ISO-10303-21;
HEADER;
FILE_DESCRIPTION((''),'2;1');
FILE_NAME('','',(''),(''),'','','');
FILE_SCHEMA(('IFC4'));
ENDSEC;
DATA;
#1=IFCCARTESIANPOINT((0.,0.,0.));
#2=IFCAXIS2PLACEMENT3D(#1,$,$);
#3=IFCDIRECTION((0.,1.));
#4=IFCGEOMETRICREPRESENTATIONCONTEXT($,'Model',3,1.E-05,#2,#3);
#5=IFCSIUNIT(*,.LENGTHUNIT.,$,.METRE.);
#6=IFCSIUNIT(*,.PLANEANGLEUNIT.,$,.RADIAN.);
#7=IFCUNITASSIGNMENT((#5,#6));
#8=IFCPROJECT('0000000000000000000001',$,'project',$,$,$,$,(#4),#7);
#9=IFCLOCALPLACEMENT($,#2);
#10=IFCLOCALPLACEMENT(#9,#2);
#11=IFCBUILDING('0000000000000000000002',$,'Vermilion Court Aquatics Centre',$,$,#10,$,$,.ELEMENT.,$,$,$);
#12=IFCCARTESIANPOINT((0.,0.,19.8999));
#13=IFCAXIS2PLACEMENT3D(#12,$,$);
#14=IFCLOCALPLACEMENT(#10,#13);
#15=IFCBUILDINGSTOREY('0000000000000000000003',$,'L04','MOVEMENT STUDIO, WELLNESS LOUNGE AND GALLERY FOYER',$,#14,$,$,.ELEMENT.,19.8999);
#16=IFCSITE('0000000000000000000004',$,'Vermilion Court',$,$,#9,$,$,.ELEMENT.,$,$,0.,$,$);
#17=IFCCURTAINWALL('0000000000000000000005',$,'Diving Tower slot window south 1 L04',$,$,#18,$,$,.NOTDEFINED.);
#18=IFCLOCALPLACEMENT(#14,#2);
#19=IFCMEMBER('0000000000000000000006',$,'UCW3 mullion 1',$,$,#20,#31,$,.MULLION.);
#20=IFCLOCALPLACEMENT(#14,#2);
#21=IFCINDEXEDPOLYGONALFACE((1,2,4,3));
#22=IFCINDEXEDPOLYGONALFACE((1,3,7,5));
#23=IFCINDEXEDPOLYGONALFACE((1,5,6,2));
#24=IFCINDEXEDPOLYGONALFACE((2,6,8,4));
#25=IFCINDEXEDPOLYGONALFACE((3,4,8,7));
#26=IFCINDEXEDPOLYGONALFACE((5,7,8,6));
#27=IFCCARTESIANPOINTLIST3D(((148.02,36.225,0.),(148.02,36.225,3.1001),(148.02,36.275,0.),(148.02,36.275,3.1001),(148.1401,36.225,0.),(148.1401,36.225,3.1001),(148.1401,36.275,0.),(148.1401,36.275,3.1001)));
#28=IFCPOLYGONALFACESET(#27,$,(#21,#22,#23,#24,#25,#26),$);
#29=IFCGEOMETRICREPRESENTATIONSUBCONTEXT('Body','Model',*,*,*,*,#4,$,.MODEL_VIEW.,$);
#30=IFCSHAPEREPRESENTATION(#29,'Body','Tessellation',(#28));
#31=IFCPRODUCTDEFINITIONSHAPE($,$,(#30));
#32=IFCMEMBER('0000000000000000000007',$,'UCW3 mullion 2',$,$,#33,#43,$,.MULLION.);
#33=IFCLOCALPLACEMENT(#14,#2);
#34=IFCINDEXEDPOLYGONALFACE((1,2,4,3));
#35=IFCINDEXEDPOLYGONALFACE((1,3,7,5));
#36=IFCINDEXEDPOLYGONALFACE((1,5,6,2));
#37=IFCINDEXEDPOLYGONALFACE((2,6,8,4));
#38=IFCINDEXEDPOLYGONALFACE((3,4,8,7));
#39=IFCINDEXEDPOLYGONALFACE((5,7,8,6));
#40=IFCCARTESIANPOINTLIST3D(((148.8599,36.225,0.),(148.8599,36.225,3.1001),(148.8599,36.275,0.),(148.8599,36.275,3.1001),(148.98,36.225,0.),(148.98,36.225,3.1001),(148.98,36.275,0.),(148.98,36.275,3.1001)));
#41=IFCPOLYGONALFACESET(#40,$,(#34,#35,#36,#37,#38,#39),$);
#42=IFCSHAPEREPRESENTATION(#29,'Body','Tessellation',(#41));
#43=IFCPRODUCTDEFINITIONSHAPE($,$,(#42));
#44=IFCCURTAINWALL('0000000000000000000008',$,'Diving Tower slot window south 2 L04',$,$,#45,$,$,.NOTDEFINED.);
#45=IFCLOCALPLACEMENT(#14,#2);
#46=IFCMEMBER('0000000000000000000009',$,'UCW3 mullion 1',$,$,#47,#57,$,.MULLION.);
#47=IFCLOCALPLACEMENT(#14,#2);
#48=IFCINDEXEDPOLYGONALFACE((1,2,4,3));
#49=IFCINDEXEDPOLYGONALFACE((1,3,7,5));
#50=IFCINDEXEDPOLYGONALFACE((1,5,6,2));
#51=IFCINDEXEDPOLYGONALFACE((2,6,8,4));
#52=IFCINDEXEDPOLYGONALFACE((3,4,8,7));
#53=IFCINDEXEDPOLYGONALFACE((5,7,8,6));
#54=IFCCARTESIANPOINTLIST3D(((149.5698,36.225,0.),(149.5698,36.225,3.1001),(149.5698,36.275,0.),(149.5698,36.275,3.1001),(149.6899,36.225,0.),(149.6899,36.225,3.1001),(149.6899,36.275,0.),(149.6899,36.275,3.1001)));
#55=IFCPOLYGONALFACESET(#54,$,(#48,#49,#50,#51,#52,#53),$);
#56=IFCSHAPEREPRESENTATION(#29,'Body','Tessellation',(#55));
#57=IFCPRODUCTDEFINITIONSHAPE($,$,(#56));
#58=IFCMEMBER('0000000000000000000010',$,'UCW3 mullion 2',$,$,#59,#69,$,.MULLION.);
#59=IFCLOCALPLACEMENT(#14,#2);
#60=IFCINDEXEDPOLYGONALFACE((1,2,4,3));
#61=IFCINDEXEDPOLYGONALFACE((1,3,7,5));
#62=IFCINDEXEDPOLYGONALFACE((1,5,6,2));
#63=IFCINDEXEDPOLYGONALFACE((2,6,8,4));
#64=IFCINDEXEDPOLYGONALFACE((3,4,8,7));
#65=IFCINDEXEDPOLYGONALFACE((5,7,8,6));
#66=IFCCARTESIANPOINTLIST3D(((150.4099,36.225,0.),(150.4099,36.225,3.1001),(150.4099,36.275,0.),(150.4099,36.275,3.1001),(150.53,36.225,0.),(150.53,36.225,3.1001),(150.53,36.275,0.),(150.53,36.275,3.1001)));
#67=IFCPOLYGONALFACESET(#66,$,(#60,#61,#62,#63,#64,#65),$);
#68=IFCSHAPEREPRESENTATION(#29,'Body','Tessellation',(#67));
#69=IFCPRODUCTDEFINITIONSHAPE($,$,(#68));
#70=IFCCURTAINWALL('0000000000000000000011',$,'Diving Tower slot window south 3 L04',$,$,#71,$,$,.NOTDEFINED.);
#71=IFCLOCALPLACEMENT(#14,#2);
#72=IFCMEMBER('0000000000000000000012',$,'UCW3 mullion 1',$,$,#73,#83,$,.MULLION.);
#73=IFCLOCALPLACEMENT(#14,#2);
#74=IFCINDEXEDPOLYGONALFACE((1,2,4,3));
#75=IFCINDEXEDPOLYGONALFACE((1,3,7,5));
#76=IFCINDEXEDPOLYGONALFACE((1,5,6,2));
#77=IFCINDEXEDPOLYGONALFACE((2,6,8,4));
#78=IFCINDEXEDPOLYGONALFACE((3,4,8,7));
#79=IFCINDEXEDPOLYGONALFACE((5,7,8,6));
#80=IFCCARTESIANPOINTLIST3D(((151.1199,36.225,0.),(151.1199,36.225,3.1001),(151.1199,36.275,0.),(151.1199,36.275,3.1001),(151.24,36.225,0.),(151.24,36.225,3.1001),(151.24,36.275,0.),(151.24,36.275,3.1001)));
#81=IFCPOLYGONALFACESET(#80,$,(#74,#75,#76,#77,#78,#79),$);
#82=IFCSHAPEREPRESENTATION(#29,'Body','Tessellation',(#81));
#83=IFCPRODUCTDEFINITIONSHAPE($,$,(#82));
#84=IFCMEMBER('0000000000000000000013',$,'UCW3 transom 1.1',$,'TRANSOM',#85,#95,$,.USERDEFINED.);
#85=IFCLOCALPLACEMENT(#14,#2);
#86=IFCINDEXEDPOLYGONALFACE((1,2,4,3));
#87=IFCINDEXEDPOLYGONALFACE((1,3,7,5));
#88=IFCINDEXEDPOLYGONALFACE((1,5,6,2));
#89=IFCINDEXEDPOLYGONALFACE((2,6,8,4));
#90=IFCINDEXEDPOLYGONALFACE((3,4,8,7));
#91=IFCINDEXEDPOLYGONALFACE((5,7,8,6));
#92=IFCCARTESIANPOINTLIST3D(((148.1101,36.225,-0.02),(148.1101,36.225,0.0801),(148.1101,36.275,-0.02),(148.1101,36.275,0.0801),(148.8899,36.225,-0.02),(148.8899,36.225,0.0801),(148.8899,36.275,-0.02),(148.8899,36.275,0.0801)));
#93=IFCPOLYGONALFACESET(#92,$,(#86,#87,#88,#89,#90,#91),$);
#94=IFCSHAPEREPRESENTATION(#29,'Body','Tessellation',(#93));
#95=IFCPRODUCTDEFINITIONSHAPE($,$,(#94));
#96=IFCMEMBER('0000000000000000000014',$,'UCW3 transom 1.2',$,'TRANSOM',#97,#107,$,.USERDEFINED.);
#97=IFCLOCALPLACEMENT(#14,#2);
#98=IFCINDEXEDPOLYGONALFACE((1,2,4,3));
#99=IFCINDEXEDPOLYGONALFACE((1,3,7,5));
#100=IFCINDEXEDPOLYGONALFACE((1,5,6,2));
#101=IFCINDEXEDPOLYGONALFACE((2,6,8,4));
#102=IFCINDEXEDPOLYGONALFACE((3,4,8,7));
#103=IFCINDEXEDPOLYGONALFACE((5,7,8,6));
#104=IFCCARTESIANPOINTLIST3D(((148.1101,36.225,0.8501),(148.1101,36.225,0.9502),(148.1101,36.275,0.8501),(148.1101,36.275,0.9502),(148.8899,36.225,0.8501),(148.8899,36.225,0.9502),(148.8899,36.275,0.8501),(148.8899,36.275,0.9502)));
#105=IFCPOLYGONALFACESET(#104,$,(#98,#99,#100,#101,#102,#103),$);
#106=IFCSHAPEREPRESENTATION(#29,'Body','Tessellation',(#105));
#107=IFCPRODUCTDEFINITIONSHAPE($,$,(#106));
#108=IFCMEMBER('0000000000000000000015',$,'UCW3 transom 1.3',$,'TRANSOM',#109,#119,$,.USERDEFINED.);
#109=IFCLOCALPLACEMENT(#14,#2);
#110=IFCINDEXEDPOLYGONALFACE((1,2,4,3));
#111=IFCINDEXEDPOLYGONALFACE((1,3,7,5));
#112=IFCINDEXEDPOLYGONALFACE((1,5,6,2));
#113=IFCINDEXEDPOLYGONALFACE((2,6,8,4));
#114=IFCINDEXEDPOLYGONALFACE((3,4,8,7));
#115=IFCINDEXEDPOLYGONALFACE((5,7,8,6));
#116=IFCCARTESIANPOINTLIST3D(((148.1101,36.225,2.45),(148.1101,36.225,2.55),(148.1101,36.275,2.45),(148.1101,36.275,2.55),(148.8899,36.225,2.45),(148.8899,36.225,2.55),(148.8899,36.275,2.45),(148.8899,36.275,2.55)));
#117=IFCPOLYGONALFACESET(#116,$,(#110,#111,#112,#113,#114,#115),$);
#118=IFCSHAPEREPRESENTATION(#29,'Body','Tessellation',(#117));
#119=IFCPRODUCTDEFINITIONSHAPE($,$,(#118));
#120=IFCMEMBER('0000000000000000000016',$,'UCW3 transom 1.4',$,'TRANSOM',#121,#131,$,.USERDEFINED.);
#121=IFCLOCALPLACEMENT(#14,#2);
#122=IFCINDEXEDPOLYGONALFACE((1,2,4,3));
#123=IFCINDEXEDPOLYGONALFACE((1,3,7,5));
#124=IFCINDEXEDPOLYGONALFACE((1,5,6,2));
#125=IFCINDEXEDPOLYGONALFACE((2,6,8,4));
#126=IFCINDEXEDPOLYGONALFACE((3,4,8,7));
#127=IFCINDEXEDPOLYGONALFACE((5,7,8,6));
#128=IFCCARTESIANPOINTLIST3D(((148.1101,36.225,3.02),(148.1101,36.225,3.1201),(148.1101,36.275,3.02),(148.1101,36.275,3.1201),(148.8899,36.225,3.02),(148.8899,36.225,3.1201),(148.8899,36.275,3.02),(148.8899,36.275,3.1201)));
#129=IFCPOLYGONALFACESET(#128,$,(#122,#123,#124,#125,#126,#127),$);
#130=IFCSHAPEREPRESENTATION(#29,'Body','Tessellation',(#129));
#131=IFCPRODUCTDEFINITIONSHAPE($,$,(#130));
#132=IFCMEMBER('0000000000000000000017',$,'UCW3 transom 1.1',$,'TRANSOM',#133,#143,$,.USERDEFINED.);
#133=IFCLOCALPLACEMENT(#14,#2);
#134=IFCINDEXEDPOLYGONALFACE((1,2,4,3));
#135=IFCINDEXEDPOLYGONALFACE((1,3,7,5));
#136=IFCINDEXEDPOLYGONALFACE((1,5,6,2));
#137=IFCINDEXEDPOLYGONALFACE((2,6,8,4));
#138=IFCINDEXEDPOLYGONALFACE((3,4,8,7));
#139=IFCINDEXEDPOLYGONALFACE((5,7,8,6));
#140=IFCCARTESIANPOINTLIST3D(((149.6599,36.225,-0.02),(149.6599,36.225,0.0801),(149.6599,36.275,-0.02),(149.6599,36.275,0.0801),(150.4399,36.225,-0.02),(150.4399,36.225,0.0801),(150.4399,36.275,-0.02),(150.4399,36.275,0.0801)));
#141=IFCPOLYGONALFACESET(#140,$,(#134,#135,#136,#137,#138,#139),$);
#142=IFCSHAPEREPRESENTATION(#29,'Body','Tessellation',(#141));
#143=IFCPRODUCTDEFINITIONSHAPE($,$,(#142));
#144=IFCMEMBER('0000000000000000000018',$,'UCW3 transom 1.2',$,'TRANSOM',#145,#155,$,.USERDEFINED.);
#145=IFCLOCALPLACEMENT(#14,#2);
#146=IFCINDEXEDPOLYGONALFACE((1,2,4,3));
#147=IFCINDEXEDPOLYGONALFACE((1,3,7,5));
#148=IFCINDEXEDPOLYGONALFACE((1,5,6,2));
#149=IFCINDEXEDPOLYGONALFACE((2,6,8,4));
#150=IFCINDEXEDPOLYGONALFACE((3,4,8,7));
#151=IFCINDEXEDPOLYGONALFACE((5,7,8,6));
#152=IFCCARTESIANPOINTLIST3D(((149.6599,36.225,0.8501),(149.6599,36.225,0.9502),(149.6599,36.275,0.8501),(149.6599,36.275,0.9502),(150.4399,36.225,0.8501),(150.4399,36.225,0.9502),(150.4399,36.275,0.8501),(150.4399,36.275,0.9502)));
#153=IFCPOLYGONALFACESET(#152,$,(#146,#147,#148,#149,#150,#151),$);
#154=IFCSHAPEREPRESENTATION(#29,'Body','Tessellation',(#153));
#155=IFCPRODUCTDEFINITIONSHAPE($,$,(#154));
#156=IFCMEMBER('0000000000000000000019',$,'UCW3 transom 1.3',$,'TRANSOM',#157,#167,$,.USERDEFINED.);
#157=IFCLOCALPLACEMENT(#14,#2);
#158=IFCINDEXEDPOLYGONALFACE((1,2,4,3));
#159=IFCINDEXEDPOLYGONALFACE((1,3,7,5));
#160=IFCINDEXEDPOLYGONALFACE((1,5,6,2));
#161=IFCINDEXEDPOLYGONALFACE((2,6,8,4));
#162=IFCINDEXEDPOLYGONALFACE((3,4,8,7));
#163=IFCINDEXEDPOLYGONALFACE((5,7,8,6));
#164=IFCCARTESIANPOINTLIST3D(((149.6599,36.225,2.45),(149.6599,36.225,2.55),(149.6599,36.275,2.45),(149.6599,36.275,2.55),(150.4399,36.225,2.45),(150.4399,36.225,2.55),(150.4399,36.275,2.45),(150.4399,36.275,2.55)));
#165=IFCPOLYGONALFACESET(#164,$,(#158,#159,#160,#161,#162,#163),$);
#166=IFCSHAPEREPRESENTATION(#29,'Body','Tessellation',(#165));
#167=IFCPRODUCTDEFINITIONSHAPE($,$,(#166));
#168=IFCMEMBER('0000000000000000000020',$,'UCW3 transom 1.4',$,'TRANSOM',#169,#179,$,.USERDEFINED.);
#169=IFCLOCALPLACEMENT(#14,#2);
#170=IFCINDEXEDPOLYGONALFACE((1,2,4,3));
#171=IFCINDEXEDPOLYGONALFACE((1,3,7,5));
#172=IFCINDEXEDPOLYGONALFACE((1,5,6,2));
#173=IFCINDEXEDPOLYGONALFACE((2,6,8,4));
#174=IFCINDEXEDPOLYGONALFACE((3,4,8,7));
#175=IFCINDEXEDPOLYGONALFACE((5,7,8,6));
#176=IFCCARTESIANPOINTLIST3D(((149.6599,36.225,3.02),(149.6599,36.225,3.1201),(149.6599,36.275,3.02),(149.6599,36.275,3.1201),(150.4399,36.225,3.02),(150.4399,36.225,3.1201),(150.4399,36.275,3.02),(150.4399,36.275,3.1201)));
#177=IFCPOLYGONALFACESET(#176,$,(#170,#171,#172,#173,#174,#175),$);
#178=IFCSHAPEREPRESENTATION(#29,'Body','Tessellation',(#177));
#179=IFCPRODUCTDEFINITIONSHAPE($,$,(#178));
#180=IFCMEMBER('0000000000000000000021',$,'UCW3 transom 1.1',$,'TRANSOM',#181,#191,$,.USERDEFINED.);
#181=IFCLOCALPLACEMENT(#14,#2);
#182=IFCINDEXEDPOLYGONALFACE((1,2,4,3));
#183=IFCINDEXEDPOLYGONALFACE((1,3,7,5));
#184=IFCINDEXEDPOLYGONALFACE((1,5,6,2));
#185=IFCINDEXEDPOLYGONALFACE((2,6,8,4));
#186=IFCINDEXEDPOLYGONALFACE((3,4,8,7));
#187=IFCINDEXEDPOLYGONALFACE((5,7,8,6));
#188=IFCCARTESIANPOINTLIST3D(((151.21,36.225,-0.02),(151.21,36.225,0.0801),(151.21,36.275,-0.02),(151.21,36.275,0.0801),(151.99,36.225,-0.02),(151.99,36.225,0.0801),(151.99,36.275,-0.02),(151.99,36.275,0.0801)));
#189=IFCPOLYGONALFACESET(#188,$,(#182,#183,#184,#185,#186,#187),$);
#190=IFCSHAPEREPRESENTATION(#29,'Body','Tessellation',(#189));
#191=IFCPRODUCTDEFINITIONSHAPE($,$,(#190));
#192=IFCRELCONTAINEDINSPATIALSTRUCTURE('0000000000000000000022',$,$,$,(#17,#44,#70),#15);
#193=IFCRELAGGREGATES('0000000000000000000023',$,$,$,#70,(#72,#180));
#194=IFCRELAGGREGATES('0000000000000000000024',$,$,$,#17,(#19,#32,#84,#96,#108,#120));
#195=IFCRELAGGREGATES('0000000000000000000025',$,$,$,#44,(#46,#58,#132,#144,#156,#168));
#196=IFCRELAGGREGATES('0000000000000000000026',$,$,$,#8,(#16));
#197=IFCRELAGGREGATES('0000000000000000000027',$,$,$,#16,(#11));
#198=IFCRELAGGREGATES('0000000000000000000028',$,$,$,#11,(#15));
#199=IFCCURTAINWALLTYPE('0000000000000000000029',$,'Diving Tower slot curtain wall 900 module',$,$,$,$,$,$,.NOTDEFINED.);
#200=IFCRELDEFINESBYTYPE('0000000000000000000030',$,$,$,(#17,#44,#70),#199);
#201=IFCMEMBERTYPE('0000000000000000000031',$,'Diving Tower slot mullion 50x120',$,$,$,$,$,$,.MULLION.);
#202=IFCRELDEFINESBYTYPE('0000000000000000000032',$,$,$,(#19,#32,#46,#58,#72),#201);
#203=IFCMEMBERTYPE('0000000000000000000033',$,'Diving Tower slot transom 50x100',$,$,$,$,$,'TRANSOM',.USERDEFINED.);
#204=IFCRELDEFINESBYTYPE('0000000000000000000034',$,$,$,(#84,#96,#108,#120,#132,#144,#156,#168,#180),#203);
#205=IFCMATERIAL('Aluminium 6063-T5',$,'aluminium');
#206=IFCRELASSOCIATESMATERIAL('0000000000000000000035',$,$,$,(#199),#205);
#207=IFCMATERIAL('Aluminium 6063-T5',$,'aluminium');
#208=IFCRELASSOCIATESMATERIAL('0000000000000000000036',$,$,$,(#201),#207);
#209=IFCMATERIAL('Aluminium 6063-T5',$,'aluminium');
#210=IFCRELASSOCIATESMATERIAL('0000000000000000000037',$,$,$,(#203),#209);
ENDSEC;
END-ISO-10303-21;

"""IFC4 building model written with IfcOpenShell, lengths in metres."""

from ifc_helpers import new_model, si_unit, direction, frame, origin, origin_2d, place, context, subcontext, project, spatial, rectangle, extrude, material, material_profile, profile_set, type_object, element, aggregate, save


model = new_model("IFC4")

# Units and contexts
model_context = context("Model", 3, precision=1e-05, world=origin(), true_north=direction((0.0, 1.0)))
body_context = subcontext(model_context, "Body", "Model", "MODEL_VIEW")
ifc_project = project(units=[si_unit("LENGTHUNIT", "METRE"), si_unit("PLANEANGLEUNIT", "RADIAN")], contexts=[model_context])

# Site, building, storey
site_placement = place(None, origin())
site = spatial("IfcSite", under=ifc_project, at=site_placement, Name="Vermilion Court", CompositionType="ELEMENT", RefElevation=0.0)
building_placement = place(site_placement, origin())
building = spatial("IfcBuilding", under=site, at=building_placement, Name="Vermilion Court Aquatics Centre", CompositionType="ELEMENT")
storey_placement = place(building_placement, frame((0.0, 0.0, 19.8999)))
storey = spatial("IfcBuildingStorey", under=building, at=storey_placement, Name="L04", Description="MOVEMENT STUDIO, WELLNESS LOUNGE AND GALLERY FOYER", CompositionType="ELEMENT", Elevation=19.8999)

# Curtain walls, members
ifc_material_1 = material(Name="Aluminium 6063-T5", Category="aluminium")
curtain_wall_type = type_object("IfcCurtainWallType", Name="Diving Tower slot curtain wall 900 module", PredefinedType="NOTDEFINED", material=ifc_material_1)
curtain_wall_1_placement = place(storey_placement, origin())
curtain_wall_1 = element("IfcCurtainWall", 1, at=curtain_wall_1_placement, inside=storey, type_object=curtain_wall_type, Name="Diving Tower slot window south 1 L04", PredefinedType="NOTDEFINED")
ifc_material_2 = material(Name="Aluminium 6063-T5", Category="aluminium")
ifc_material_profile_1 = material_profile(ifc_material_2, rectangle(XDim=0.05, YDim=0.1201, at=origin_2d()), Name="AL 50x120")
ifc_profile_set_1 = profile_set([ifc_material_profile_1], Name="Aluminium 6063-T5")
member_type_1 = type_object("IfcMemberType", Name="Diving Tower slot mullion 50x120", PredefinedType="MULLION", material=ifc_profile_set_1)
member_1_placement = place(storey_placement, frame((148.0801, 36.25, 0.0), z_axis=(0.0, 0.0, 1.0), x_axis=(0.0, 1.0, 0.0)))
member_1 = element("IfcMember", 2, at=member_1_placement, type_object=member_type_1, Name="UCW3 mullion 1", PredefinedType="MULLION", context=body_context, shape_type="SweptSolid", body=[
    extrude(rectangle(XDim=0.05, YDim=0.1201, at=origin_2d()), origin(), (0.0, 0.0, 1.0), 3.1001),
])
member_2_placement = place(storey_placement, frame((148.9199, 36.25, 0.0), z_axis=(0.0, 0.0, 1.0), x_axis=(0.0, 1.0, 0.0)))
member_2 = element("IfcMember", 3, at=member_2_placement, type_object=member_type_1, Name="UCW3 mullion 2", PredefinedType="MULLION", context=body_context, shape_type="SweptSolid", body=[
    extrude(rectangle(XDim=0.05, YDim=0.1201, at=origin_2d()), origin(), (0.0, 0.0, 1.0), 3.1001),
])
curtain_wall_2_placement = place(storey_placement, origin())
curtain_wall_2 = element("IfcCurtainWall", 4, at=curtain_wall_2_placement, inside=storey, type_object=curtain_wall_type, Name="Diving Tower slot window south 2 L04", PredefinedType="NOTDEFINED")
member_3_placement = place(storey_placement, frame((149.6299, 36.25, 0.0), z_axis=(0.0, 0.0, 1.0), x_axis=(0.0, 1.0, 0.0)))
member_3 = element("IfcMember", 5, at=member_3_placement, type_object=member_type_1, Name="UCW3 mullion 1", PredefinedType="MULLION", context=body_context, shape_type="SweptSolid", body=[
    extrude(rectangle(XDim=0.05, YDim=0.1201, at=origin_2d()), origin(), (0.0, 0.0, 1.0), 3.1001),
])
member_4_placement = place(storey_placement, frame((150.47, 36.25, 0.0), z_axis=(0.0, 0.0, 1.0), x_axis=(0.0, 1.0, 0.0)))
member_4 = element("IfcMember", 6, at=member_4_placement, type_object=member_type_1, Name="UCW3 mullion 2", PredefinedType="MULLION", context=body_context, shape_type="SweptSolid", body=[
    extrude(rectangle(XDim=0.05, YDim=0.1201, at=origin_2d()), origin(), (0.0, 0.0, 1.0), 3.1001),
])

# Curtain wall, member
curtain_wall_3_placement = place(storey_placement, origin())
curtain_wall_3 = element("IfcCurtainWall", 7, at=curtain_wall_3_placement, inside=storey, type_object=curtain_wall_type, Name="Diving Tower slot window south 3 L04", PredefinedType="NOTDEFINED")
member_5_placement = place(storey_placement, frame((151.1799, 36.25, 0.0), z_axis=(0.0, 0.0, 1.0), x_axis=(0.0, 1.0, 0.0)))
member_5 = element("IfcMember", 8, at=member_5_placement, type_object=member_type_1, Name="UCW3 mullion 1", PredefinedType="MULLION", context=body_context, shape_type="SweptSolid", body=[
    extrude(rectangle(XDim=0.05, YDim=0.1201, at=origin_2d()), origin(), (0.0, 0.0, 1.0), 3.1001),
])

# Members
ifc_material_3 = material(Name="Aluminium 6063-T5", Category="aluminium")
ifc_material_profile_2 = material_profile(ifc_material_3, rectangle(XDim=0.05, YDim=0.1001, at=origin_2d()), Name="AL 50x100")
ifc_profile_set_2 = profile_set([ifc_material_profile_2], Name="Aluminium 6063-T5")
member_type_2 = type_object("IfcMemberType", Name="Diving Tower slot transom 50x100", ElementType="TRANSOM", PredefinedType="USERDEFINED", material=ifc_profile_set_2)
member_6_placement = place(storey_placement, frame((148.1101, 36.25, 0.03), z_axis=(1.0, 0.0, 0.0), x_axis=(0.0, 1.0, 0.0)))
member_6 = element("IfcMember", 9, at=member_6_placement, type_object=member_type_2, Name="UCW3 transom 1.1", ObjectType="TRANSOM", PredefinedType="USERDEFINED", context=body_context, shape_type="SweptSolid", body=[
    extrude(rectangle(XDim=0.05, YDim=0.1001, at=origin_2d()), origin(), (0.0, 0.0, 1.0), 0.7798),
])
member_7_placement = place(storey_placement, frame((148.1101, 36.25, 0.9001), z_axis=(1.0, 0.0, 0.0), x_axis=(0.0, 1.0, 0.0)))
member_7 = element("IfcMember", 10, at=member_7_placement, type_object=member_type_2, Name="UCW3 transom 1.2", ObjectType="TRANSOM", PredefinedType="USERDEFINED", context=body_context, shape_type="SweptSolid", body=[
    extrude(rectangle(XDim=0.05, YDim=0.1001, at=origin_2d()), origin(), (0.0, 0.0, 1.0), 0.7798),
])
member_8_placement = place(storey_placement, frame((148.1101, 36.25, 2.5), z_axis=(1.0, 0.0, 0.0), x_axis=(0.0, 1.0, 0.0)))
member_8 = element("IfcMember", 11, at=member_8_placement, type_object=member_type_2, Name="UCW3 transom 1.3", ObjectType="TRANSOM", PredefinedType="USERDEFINED", context=body_context, shape_type="SweptSolid", body=[
    extrude(rectangle(XDim=0.05, YDim=0.1001, at=origin_2d()), origin(), (0.0, 0.0, 1.0), 0.7798),
])
member_9_placement = place(storey_placement, frame((148.1101, 36.25, 3.0701), z_axis=(1.0, 0.0, 0.0), x_axis=(0.0, 1.0, 0.0)))
member_9 = element("IfcMember", 12, at=member_9_placement, type_object=member_type_2, Name="UCW3 transom 1.4", ObjectType="TRANSOM", PredefinedType="USERDEFINED", context=body_context, shape_type="SweptSolid", body=[
    extrude(rectangle(XDim=0.05, YDim=0.1001, at=origin_2d()), origin(), (0.0, 0.0, 1.0), 0.7798),
])
member_10_placement = place(storey_placement, frame((149.6599, 36.25, 0.03), z_axis=(1.0, 0.0, 0.0), x_axis=(0.0, 1.0, 0.0)))
member_10 = element("IfcMember", 13, at=member_10_placement, type_object=member_type_2, Name="UCW3 transom 1.1", ObjectType="TRANSOM", PredefinedType="USERDEFINED", context=body_context, shape_type="SweptSolid", body=[
    extrude(rectangle(XDim=0.05, YDim=0.1001, at=origin_2d()), origin(), (0.0, 0.0, 1.0), 0.78),
])
member_11_placement = place(storey_placement, frame((149.6599, 36.25, 0.9001), z_axis=(1.0, 0.0, 0.0), x_axis=(0.0, 1.0, 0.0)))
member_11 = element("IfcMember", 14, at=member_11_placement, type_object=member_type_2, Name="UCW3 transom 1.2", ObjectType="TRANSOM", PredefinedType="USERDEFINED", context=body_context, shape_type="SweptSolid", body=[
    extrude(rectangle(XDim=0.05, YDim=0.1001, at=origin_2d()), origin(), (0.0, 0.0, 1.0), 0.78),
])
member_12_placement = place(storey_placement, frame((149.6599, 36.25, 2.5), z_axis=(1.0, 0.0, 0.0), x_axis=(0.0, 1.0, 0.0)))
member_12 = element("IfcMember", 15, at=member_12_placement, type_object=member_type_2, Name="UCW3 transom 1.3", ObjectType="TRANSOM", PredefinedType="USERDEFINED", context=body_context, shape_type="SweptSolid", body=[
    extrude(rectangle(XDim=0.05, YDim=0.1001, at=origin_2d()), origin(), (0.0, 0.0, 1.0), 0.78),
])
member_13_placement = place(storey_placement, frame((149.6599, 36.25, 3.0701), z_axis=(1.0, 0.0, 0.0), x_axis=(0.0, 1.0, 0.0)))
member_13 = element("IfcMember", 16, at=member_13_placement, type_object=member_type_2, Name="UCW3 transom 1.4", ObjectType="TRANSOM", PredefinedType="USERDEFINED", context=body_context, shape_type="SweptSolid", body=[
    extrude(rectangle(XDim=0.05, YDim=0.1001, at=origin_2d()), origin(), (0.0, 0.0, 1.0), 0.78),
])
member_14_placement = place(storey_placement, frame((151.21, 36.25, 0.03), z_axis=(1.0, 0.0, 0.0), x_axis=(0.0, 1.0, 0.0)))
member_14 = element("IfcMember", 17, at=member_14_placement, type_object=member_type_2, Name="UCW3 transom 1.1", ObjectType="TRANSOM", PredefinedType="USERDEFINED", context=body_context, shape_type="SweptSolid", body=[
    extrude(rectangle(XDim=0.05, YDim=0.1001, at=origin_2d()), origin(), (0.0, 0.0, 1.0), 0.78),
])
aggregate(curtain_wall_3, [member_5, member_14])

aggregate(curtain_wall_1, [member_1, member_2, member_6, member_7, member_8, member_9])
aggregate(curtain_wall_2, [member_3, member_4, member_10, member_11, member_12, member_13])

save(model, "model.ifc")
